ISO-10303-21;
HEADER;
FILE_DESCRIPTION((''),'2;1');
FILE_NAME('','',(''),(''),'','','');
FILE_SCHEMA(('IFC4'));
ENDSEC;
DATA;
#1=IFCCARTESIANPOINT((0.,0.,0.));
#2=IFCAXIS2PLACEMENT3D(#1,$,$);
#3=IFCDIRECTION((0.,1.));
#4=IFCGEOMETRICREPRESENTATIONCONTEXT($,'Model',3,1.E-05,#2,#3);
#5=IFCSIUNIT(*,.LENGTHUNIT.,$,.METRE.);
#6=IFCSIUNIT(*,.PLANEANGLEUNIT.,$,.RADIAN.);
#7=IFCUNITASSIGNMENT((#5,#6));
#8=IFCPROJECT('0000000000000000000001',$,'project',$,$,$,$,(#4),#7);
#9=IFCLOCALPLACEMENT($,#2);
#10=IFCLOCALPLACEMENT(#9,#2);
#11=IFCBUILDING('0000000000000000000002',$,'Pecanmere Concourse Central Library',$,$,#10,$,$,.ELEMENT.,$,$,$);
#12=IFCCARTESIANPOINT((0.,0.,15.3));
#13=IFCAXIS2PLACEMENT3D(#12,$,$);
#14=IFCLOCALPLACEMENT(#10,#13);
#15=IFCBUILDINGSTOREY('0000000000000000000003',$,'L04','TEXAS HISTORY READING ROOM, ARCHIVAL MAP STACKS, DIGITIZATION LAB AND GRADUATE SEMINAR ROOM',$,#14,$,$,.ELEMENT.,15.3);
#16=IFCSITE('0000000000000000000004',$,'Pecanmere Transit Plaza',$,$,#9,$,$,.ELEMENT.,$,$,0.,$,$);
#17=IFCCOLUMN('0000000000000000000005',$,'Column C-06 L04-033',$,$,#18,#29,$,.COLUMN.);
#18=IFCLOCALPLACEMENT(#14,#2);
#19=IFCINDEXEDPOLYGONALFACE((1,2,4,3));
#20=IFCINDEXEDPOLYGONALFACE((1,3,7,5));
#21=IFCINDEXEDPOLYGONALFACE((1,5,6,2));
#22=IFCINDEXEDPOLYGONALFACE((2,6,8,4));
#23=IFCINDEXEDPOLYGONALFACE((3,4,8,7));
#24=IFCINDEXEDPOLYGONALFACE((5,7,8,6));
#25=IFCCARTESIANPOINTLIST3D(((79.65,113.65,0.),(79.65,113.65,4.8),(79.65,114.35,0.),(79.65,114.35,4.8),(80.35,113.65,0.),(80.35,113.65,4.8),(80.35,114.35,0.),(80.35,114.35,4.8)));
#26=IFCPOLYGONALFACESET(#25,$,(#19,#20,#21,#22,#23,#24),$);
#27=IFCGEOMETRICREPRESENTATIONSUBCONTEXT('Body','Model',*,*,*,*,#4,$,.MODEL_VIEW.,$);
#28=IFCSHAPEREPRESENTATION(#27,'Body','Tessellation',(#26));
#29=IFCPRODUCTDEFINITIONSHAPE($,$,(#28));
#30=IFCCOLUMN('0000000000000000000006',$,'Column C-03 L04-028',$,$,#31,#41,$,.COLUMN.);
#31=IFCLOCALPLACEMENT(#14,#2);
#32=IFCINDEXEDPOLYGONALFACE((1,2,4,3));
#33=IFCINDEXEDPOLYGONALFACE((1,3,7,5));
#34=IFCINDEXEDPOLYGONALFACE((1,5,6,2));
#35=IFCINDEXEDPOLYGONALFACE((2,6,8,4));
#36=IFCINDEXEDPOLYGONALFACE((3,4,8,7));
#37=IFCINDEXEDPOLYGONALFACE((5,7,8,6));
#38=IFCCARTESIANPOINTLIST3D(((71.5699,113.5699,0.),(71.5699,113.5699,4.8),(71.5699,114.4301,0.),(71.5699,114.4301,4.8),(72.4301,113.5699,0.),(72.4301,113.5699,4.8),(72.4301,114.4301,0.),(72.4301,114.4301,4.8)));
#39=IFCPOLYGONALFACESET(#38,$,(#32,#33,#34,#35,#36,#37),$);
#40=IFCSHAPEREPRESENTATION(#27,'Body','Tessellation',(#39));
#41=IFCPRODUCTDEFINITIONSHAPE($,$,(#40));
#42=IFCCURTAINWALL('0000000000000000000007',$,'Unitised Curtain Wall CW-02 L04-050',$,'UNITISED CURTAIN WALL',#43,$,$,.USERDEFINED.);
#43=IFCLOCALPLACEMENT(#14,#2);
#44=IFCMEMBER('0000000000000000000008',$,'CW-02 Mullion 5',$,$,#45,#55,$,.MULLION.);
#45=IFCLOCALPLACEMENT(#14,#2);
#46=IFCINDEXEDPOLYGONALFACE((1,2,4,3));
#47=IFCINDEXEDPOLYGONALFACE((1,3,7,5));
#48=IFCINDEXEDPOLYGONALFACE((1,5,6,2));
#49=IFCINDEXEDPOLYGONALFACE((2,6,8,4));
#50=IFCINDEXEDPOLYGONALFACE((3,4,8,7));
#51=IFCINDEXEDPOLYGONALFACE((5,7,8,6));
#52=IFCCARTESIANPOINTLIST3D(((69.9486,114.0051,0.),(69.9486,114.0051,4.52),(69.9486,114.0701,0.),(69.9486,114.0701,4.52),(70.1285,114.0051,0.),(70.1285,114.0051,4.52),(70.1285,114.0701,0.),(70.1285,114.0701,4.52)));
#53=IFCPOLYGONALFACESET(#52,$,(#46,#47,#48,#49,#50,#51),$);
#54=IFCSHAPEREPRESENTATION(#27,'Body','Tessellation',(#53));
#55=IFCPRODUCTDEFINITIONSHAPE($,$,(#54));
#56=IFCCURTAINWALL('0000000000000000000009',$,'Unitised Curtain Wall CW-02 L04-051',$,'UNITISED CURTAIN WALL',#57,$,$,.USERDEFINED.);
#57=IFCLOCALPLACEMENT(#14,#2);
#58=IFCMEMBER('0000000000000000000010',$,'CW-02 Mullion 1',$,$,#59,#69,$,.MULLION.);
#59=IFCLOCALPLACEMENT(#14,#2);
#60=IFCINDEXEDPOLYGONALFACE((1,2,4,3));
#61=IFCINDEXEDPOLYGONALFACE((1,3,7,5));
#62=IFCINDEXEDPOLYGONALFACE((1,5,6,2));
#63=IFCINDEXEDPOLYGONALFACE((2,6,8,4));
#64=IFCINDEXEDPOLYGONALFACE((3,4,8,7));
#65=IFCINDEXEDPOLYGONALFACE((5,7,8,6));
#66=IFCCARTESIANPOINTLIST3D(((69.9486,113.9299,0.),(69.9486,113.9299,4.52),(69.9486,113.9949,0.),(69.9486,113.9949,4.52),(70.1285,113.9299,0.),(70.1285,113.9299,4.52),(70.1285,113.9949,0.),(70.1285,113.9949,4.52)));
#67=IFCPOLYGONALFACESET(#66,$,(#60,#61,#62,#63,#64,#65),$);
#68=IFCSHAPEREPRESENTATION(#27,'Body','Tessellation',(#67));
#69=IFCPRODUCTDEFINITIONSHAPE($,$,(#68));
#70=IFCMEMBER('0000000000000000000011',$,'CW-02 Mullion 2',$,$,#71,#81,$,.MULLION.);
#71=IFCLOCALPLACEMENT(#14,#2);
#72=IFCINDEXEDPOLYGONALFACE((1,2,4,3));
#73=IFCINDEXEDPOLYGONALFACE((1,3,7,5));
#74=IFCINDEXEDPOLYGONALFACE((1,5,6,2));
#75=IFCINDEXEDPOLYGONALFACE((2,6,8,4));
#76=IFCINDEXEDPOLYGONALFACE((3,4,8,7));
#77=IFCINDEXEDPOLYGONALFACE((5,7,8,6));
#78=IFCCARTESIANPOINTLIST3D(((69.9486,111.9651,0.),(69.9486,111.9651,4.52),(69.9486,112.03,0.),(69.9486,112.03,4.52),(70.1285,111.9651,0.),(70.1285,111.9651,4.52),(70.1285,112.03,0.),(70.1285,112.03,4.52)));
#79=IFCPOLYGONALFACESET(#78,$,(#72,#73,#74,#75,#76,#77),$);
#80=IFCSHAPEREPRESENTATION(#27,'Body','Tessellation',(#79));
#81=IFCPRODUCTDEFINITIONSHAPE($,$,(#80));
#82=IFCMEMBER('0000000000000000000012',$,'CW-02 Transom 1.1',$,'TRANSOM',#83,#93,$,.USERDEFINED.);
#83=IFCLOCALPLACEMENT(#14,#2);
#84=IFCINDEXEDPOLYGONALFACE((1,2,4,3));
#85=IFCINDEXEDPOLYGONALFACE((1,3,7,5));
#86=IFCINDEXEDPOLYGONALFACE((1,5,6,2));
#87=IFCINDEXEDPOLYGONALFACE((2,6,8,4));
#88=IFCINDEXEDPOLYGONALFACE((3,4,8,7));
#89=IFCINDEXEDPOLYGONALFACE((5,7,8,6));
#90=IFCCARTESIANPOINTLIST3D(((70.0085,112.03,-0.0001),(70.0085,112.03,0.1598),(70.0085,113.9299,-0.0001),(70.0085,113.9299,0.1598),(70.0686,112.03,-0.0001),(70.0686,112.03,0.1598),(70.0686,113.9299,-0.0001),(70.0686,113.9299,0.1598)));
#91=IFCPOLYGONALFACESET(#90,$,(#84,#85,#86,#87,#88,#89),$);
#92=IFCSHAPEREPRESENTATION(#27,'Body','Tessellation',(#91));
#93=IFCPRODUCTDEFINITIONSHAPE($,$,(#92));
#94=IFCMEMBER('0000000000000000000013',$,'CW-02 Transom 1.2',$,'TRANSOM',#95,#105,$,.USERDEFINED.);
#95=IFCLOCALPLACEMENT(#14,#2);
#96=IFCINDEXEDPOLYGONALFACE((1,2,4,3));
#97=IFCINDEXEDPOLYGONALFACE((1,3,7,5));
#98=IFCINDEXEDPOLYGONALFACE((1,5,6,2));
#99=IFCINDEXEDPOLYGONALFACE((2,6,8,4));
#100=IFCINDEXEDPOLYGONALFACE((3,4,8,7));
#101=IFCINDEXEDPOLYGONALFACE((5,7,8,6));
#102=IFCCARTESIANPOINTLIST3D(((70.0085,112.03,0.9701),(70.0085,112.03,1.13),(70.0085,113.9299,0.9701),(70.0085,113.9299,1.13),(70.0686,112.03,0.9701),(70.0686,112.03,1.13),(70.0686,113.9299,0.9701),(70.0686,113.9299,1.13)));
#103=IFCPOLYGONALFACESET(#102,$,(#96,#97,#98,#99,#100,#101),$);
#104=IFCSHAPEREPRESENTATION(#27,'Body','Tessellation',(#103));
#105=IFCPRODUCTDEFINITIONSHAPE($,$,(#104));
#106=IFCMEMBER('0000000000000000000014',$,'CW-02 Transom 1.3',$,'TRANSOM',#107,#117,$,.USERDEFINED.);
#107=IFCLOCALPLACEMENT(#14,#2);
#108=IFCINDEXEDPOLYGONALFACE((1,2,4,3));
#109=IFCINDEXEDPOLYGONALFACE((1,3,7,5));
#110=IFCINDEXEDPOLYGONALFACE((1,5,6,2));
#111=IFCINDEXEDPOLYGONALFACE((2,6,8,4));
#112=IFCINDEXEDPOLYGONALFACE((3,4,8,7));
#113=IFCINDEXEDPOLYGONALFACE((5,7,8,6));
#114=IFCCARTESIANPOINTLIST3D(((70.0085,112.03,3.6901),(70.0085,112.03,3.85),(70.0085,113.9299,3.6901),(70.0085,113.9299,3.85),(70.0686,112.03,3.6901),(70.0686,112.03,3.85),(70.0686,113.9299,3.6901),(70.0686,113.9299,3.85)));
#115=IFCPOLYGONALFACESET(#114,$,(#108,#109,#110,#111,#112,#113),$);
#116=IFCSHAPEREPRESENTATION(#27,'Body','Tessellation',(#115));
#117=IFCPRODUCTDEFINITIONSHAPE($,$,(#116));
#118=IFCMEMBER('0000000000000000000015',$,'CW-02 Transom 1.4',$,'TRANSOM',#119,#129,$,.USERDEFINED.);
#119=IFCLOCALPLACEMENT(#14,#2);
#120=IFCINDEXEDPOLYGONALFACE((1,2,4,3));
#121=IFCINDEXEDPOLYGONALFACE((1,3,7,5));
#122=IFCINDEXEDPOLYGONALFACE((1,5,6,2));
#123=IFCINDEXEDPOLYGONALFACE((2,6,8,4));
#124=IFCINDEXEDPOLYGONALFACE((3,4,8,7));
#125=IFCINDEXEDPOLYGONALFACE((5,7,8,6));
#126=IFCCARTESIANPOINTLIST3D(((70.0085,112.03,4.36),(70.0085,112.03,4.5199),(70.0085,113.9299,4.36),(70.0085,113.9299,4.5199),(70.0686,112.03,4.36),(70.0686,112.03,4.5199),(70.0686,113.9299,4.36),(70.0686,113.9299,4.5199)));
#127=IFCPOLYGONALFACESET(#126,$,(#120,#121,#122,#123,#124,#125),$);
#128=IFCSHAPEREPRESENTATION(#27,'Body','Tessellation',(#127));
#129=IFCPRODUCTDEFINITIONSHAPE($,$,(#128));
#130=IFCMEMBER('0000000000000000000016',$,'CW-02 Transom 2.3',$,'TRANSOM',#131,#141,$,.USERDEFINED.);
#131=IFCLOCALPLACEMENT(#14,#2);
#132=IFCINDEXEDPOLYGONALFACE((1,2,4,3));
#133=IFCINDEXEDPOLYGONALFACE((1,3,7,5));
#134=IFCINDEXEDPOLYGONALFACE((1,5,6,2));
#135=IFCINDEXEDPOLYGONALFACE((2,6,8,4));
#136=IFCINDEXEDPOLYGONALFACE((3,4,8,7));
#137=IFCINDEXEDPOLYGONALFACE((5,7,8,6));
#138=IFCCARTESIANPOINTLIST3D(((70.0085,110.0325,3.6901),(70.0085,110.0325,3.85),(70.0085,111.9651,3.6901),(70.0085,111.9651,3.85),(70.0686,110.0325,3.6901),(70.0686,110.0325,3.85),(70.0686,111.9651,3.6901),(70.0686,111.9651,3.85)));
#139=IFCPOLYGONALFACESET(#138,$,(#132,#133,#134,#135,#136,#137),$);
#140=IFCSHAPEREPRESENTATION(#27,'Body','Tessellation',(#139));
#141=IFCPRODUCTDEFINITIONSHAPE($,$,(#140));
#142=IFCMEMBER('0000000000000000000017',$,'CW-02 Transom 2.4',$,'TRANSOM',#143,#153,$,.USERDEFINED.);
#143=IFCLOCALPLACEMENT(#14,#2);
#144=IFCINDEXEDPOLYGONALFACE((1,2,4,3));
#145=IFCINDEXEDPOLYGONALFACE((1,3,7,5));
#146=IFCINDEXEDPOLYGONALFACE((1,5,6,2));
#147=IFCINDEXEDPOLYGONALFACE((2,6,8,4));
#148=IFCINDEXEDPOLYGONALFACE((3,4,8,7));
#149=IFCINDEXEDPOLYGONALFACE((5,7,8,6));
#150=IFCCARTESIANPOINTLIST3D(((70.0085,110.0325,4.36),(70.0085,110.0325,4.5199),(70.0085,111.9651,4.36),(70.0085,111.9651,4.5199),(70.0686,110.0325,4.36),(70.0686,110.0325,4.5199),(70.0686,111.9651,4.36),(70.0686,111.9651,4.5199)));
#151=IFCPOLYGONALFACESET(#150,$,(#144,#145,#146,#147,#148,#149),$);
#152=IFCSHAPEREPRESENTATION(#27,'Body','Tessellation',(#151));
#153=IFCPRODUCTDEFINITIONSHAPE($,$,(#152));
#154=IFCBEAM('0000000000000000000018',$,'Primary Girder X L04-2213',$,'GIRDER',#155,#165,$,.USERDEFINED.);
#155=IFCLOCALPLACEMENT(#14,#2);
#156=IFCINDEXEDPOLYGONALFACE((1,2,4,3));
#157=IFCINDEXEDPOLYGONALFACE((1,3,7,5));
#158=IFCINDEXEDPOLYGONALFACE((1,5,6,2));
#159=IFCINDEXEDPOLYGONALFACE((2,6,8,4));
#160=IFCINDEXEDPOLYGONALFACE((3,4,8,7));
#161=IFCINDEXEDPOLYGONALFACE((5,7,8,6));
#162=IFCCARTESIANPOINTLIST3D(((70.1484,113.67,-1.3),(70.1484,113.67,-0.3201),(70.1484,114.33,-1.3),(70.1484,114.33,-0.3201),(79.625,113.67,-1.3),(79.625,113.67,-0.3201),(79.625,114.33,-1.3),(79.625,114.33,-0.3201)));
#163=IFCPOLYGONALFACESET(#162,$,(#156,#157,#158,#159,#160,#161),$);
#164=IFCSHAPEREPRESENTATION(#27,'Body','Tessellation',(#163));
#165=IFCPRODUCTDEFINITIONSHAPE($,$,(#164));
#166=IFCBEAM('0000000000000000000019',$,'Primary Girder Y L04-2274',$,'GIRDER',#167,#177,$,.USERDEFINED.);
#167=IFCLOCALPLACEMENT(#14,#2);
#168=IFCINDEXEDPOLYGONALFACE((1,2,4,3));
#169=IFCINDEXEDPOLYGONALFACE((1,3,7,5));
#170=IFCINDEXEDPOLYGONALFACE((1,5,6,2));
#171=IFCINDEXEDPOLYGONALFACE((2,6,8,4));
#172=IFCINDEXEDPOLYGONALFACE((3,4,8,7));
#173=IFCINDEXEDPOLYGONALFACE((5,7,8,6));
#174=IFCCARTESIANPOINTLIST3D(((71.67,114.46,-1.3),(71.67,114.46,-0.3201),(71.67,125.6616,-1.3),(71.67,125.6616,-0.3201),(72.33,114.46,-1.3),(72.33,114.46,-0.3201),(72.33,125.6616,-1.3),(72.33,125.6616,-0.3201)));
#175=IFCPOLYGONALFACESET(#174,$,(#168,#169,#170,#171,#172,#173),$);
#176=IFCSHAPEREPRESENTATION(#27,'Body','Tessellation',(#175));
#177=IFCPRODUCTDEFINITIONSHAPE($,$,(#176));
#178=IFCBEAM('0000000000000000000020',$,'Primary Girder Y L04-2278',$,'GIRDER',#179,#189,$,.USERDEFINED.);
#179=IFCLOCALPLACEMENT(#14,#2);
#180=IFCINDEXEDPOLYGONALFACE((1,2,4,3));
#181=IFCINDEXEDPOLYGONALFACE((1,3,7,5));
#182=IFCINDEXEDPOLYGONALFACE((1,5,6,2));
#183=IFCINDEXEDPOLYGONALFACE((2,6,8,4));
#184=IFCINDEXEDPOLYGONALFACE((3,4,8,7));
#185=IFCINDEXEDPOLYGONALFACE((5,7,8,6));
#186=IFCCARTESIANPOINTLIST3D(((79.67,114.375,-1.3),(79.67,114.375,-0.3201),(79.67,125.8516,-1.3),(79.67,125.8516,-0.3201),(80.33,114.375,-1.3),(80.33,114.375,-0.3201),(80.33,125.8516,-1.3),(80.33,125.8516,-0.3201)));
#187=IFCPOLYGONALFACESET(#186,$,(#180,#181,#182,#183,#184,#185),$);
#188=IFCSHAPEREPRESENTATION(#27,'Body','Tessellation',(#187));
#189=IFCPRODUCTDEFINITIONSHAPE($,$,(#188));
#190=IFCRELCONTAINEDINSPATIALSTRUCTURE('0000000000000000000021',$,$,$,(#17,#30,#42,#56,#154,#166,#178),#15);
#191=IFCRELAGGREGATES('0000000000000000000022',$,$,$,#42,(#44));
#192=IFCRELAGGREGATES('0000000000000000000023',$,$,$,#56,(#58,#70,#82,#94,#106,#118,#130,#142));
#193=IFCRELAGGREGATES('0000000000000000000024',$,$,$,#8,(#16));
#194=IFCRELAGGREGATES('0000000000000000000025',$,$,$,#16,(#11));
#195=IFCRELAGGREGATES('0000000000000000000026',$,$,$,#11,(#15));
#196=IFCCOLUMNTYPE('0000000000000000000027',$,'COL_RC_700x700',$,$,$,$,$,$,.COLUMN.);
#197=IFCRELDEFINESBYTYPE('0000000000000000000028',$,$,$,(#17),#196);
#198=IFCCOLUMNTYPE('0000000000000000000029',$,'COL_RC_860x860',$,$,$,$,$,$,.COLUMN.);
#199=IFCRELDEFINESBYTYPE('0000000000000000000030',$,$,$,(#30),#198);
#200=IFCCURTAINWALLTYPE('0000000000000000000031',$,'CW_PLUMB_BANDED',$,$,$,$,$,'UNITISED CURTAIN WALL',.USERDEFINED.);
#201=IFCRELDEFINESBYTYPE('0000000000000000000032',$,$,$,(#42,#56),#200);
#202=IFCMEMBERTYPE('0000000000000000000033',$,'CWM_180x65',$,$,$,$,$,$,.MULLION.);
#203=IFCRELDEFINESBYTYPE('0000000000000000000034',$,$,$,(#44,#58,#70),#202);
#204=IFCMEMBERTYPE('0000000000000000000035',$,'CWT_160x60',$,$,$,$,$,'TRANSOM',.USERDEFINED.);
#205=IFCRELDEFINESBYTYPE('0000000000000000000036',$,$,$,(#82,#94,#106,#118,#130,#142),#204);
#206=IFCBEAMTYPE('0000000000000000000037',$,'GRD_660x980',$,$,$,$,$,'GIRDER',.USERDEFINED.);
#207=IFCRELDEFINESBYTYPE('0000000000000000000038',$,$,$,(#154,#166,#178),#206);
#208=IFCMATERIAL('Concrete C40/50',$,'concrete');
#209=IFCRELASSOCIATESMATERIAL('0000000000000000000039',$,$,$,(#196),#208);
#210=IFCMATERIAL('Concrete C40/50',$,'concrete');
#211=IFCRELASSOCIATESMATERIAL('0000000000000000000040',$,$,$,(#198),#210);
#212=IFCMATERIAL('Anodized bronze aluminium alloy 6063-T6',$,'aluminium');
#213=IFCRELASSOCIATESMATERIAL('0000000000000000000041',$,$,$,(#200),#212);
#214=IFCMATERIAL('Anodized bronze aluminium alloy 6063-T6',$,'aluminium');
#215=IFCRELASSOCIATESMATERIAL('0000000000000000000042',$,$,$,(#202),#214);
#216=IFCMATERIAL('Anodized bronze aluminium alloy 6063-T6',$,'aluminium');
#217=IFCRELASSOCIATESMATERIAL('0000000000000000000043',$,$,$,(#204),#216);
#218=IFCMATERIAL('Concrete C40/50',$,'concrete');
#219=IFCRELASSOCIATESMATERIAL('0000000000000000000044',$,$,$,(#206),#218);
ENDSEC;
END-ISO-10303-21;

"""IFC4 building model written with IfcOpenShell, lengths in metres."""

from ifc_helpers import new_model, si_unit, direction, frame, origin, origin_2d, place, context, subcontext, project, spatial, rectangle, extrude, material, material_profile, profile_set, type_object, element, aggregate, save


model = new_model("IFC4")

# Units and contexts
model_context = context("Model", 3, precision=1e-05, world=origin(), true_north=direction((0.0, 1.0)))
body_context = subcontext(model_context, "Body", "Model", "MODEL_VIEW")
ifc_project = project(units=[si_unit("LENGTHUNIT", "METRE"), si_unit("PLANEANGLEUNIT", "RADIAN")], contexts=[model_context])

# Site, building, storey
site_placement = place(None, origin())
site = spatial("IfcSite", under=ifc_project, at=site_placement, Name="Pecanmere Transit Plaza", CompositionType="ELEMENT", RefElevation=0.0)
building_placement = place(site_placement, origin())
building = spatial("IfcBuilding", under=site, at=building_placement, Name="Pecanmere Concourse Central Library", CompositionType="ELEMENT")
storey_placement = place(building_placement, frame((0.0, 0.0, 15.3)))
storey = spatial("IfcBuildingStorey", under=building, at=storey_placement, Name="L04", Description="TEXAS HISTORY READING ROOM, ARCHIVAL MAP STACKS, DIGITIZATION LAB AND GRADUATE SEMINAR ROOM", CompositionType="ELEMENT", Elevation=15.3)

# Columns
ifc_material_1 = material(Name="Concrete C40/50", Category="concrete")
ifc_material_profile_1 = material_profile(ifc_material_1, rectangle(XDim=0.7, YDim=0.7, at=origin_2d()), Name="RC 700x700")
ifc_profile_set_1 = profile_set([ifc_material_profile_1], Name="Concrete C40/50")
column_type_1 = type_object("IfcColumnType", Name="COL_RC_700x700", PredefinedType="COLUMN", material=ifc_profile_set_1)
column_1_placement = place(storey_placement, frame((80.0, 114.0, 0.0), z_axis=(0.0, 0.0, 1.0), x_axis=(1.0, 0.0, 0.0)))
element("IfcColumn", 1, at=column_1_placement, inside=storey, type_object=column_type_1, Name="Column C-06 L04-033", PredefinedType="COLUMN", context=body_context, shape_type="SweptSolid", body=[
    extrude(rectangle(XDim=0.7, YDim=0.7, at=origin_2d()), origin(), (0.0, 0.0, 1.0), 4.8),
])
ifc_material_2 = material(Name="Concrete C40/50", Category="concrete")
ifc_material_profile_2 = material_profile(ifc_material_2, rectangle(XDim=0.8601, YDim=0.8601, at=origin_2d()), Name="RC 860x860")
ifc_profile_set_2 = profile_set([ifc_material_profile_2], Name="Concrete C40/50")
column_type_2 = type_object("IfcColumnType", Name="COL_RC_860x860", PredefinedType="COLUMN", material=ifc_profile_set_2)
column_2_placement = place(storey_placement, frame((72.0, 114.0, 0.0), z_axis=(0.0, 0.0, 1.0), x_axis=(1.0, 0.0, 0.0)))
element("IfcColumn", 2, at=column_2_placement, inside=storey, type_object=column_type_2, Name="Column C-03 L04-028", PredefinedType="COLUMN", context=body_context, shape_type="SweptSolid", body=[
    extrude(rectangle(XDim=0.8601, YDim=0.8601, at=origin_2d()), origin(), (0.0, 0.0, 1.0), 4.8),
])

# Curtain wall, member
ifc_material_3 = material(Name="Anodized bronze aluminium alloy 6063-T6", Category="aluminium")
curtain_wall_type = type_object("IfcCurtainWallType", Name="CW_PLUMB_BANDED", ElementType="UNITISED CURTAIN WALL", PredefinedType="USERDEFINED", material=ifc_material_3)
curtain_wall_1_placement = place(storey_placement, origin())
curtain_wall_1 = element("IfcCurtainWall", 3, at=curtain_wall_1_placement, inside=storey, type_object=curtain_wall_type, Name="Unitised Curtain Wall CW-02 L04-050", ObjectType="UNITISED CURTAIN WALL", PredefinedType="USERDEFINED")
ifc_material_4 = material(Name="Anodized bronze aluminium alloy 6063-T6", Category="aluminium")
ifc_material_profile_3 = material_profile(ifc_material_4, rectangle(XDim=0.0649, YDim=0.1799, at=origin_2d()), Name="AL 65x180")
ifc_profile_set_3 = profile_set([ifc_material_profile_3], Name="Anodized bronze aluminium alloy 6063-T6")
member_type_1 = type_object("IfcMemberType", Name="CWM_180x65", PredefinedType="MULLION", material=ifc_profile_set_3)
member_1_placement = place(storey_placement, frame((70.0386, 114.0376, 0.0), z_axis=(0.0, 0.0, 1.0), x_axis=(0.0, -1.0, 0.0)))
member_1 = element("IfcMember", 4, at=member_1_placement, type_object=member_type_1, Name="CW-02 Mullion 5", PredefinedType="MULLION", context=body_context, shape_type="SweptSolid", body=[
    extrude(rectangle(XDim=0.0649, YDim=0.1799, at=origin_2d()), origin(), (0.0, 0.0, 1.0), 4.52),
])

# Curtain wall, members
curtain_wall_2_placement = place(storey_placement, origin())
curtain_wall_2 = element("IfcCurtainWall", 5, at=curtain_wall_2_placement, inside=storey, type_object=curtain_wall_type, Name="Unitised Curtain Wall CW-02 L04-051", ObjectType="UNITISED CURTAIN WALL", PredefinedType="USERDEFINED")
member_2_placement = place(storey_placement, frame((70.0386, 113.9624, 0.0), z_axis=(0.0, 0.0, 1.0), x_axis=(0.0, -1.0, 0.0)))
member_2 = element("IfcMember", 6, at=member_2_placement, type_object=member_type_1, Name="CW-02 Mullion 1", PredefinedType="MULLION", context=body_context, shape_type="SweptSolid", body=[
    extrude(rectangle(XDim=0.0649, YDim=0.1799, at=origin_2d()), origin(), (0.0, 0.0, 1.0), 4.52),
])
member_3_placement = place(storey_placement, frame((70.0386, 111.9976, 0.0), z_axis=(0.0, 0.0, 1.0), x_axis=(0.0, -1.0, 0.0)))
member_3 = element("IfcMember", 7, at=member_3_placement, type_object=member_type_1, Name="CW-02 Mullion 2", PredefinedType="MULLION", context=body_context, shape_type="SweptSolid", body=[
    extrude(rectangle(XDim=0.0649, YDim=0.1799, at=origin_2d()), origin(), (0.0, 0.0, 1.0), 4.52),
])
ifc_material_5 = material(Name="Anodized bronze aluminium alloy 6063-T6", Category="aluminium")
ifc_material_profile_4 = material_profile(ifc_material_5, rectangle(XDim=0.0601, YDim=0.1599, at=origin_2d()), Name="AL 60x160")
ifc_profile_set_4 = profile_set([ifc_material_profile_4], Name="Anodized bronze aluminium alloy 6063-T6")
member_type_2 = type_object("IfcMemberType", Name="CWT_160x60", ElementType="TRANSOM", PredefinedType="USERDEFINED", material=ifc_profile_set_4)
member_4_placement = place(storey_placement, frame((70.0386, 113.9299, 0.0798), z_axis=(0.0, -1.0, 0.0), x_axis=(1.0, 0.0, 0.0)))
member_4 = element("IfcMember", 8, at=member_4_placement, type_object=member_type_2, Name="CW-02 Transom 1.1", ObjectType="TRANSOM", PredefinedType="USERDEFINED", context=body_context, shape_type="SweptSolid", body=[
    extrude(rectangle(XDim=0.0601, YDim=0.1599, at=origin_2d()), origin(), (0.0, 0.0, 1.0), 1.8999),
])
member_5_placement = place(storey_placement, frame((70.0386, 113.9299, 1.05), z_axis=(0.0, -1.0, 0.0), x_axis=(1.0, 0.0, 0.0)))
member_5 = element("IfcMember", 9, at=member_5_placement, type_object=member_type_2, Name="CW-02 Transom 1.2", ObjectType="TRANSOM", PredefinedType="USERDEFINED", context=body_context, shape_type="SweptSolid", body=[
    extrude(rectangle(XDim=0.0601, YDim=0.1599, at=origin_2d()), origin(), (0.0, 0.0, 1.0), 1.8999),
])
member_6_placement = place(storey_placement, frame((70.0386, 113.9299, 3.77), z_axis=(0.0, -1.0, 0.0), x_axis=(1.0, 0.0, 0.0)))
member_6 = element("IfcMember", 10, at=member_6_placement, type_object=member_type_2, Name="CW-02 Transom 1.3", ObjectType="TRANSOM", PredefinedType="USERDEFINED", context=body_context, shape_type="SweptSolid", body=[
    extrude(rectangle(XDim=0.0601, YDim=0.1599, at=origin_2d()), origin(), (0.0, 0.0, 1.0), 1.8999),
])
member_7_placement = place(storey_placement, frame((70.0386, 113.9299, 4.4399), z_axis=(0.0, -1.0, 0.0), x_axis=(1.0, 0.0, 0.0)))
member_7 = element("IfcMember", 11, at=member_7_placement, type_object=member_type_2, Name="CW-02 Transom 1.4", ObjectType="TRANSOM", PredefinedType="USERDEFINED", context=body_context, shape_type="SweptSolid", body=[
    extrude(rectangle(XDim=0.0601, YDim=0.1599, at=origin_2d()), origin(), (0.0, 0.0, 1.0), 1.8999),
])
member_8_placement = place(storey_placement, frame((70.0386, 111.9651, 3.77), z_axis=(0.0, -1.0, 0.0), x_axis=(1.0, 0.0, 0.0)))
member_8 = element("IfcMember", 12, at=member_8_placement, type_object=member_type_2, Name="CW-02 Transom 2.3", ObjectType="TRANSOM", PredefinedType="USERDEFINED", context=body_context, shape_type="SweptSolid", body=[
    extrude(rectangle(XDim=0.0601, YDim=0.1599, at=origin_2d()), origin(), (0.0, 0.0, 1.0), 1.9326),
])
member_9_placement = place(storey_placement, frame((70.0386, 111.9651, 4.4399), z_axis=(0.0, -1.0, 0.0), x_axis=(1.0, 0.0, 0.0)))
member_9 = element("IfcMember", 13, at=member_9_placement, type_object=member_type_2, Name="CW-02 Transom 2.4", ObjectType="TRANSOM", PredefinedType="USERDEFINED", context=body_context, shape_type="SweptSolid", body=[
    extrude(rectangle(XDim=0.0601, YDim=0.1599, at=origin_2d()), origin(), (0.0, 0.0, 1.0), 1.9326),
])

# Beams
ifc_material_6 = material(Name="Concrete C40/50", Category="concrete")
ifc_material_profile_5 = material_profile(ifc_material_6, rectangle(XDim=0.6599, YDim=0.98, at=origin_2d()), Name="RC 660x980")
ifc_profile_set_5 = profile_set([ifc_material_profile_5], Name="Concrete C40/50")
beam_type_1 = type_object("IfcBeamType", Name="GRD_660x980", ElementType="GIRDER", PredefinedType="USERDEFINED", material=ifc_profile_set_5)
beam_1_placement = place(storey_placement, frame((70.1484, 114.0, -0.8101), z_axis=(1.0, 0.0, 0.0), x_axis=(0.0, 1.0, 0.0)))
element("IfcBeam", 14, at=beam_1_placement, inside=storey, type_object=beam_type_1, Name="Primary Girder X L04-2213", ObjectType="GIRDER", PredefinedType="USERDEFINED", context=body_context, shape_type="SweptSolid", body=[
    extrude(rectangle(XDim=0.6599, YDim=0.98, at=origin_2d()), origin(), (0.0, 0.0, 1.0), 9.4766),
])
beam_2_placement = place(storey_placement, frame((72.0, 114.46, -0.8101), z_axis=(0.0, 1.0, 0.0), x_axis=(-1.0, 0.0, 0.0)))
element("IfcBeam", 15, at=beam_2_placement, inside=storey, type_object=beam_type_1, Name="Primary Girder Y L04-2274", ObjectType="GIRDER", PredefinedType="USERDEFINED", context=body_context, shape_type="SweptSolid", body=[
    extrude(rectangle(XDim=0.6599, YDim=0.98, at=origin_2d()), origin(), (0.0, 0.0, 1.0), 11.2017),
])
beam_3_placement = place(storey_placement, frame((80.0, 114.375, -0.8101), z_axis=(0.0, 1.0, 0.0), x_axis=(-1.0, 0.0, 0.0)))
element("IfcBeam", 16, at=beam_3_placement, inside=storey, type_object=beam_type_1, Name="Primary Girder Y L04-2278", ObjectType="GIRDER", PredefinedType="USERDEFINED", context=body_context, shape_type="SweptSolid", body=[
    extrude(rectangle(XDim=0.6599, YDim=0.98, at=origin_2d()), origin(), (0.0, 0.0, 1.0), 11.4766),
])

aggregate(curtain_wall_1, [member_1])
aggregate(curtain_wall_2, [member_2, member_3, member_4, member_5, member_6, member_7, member_8, member_9])

save(model, "model.ifc")
